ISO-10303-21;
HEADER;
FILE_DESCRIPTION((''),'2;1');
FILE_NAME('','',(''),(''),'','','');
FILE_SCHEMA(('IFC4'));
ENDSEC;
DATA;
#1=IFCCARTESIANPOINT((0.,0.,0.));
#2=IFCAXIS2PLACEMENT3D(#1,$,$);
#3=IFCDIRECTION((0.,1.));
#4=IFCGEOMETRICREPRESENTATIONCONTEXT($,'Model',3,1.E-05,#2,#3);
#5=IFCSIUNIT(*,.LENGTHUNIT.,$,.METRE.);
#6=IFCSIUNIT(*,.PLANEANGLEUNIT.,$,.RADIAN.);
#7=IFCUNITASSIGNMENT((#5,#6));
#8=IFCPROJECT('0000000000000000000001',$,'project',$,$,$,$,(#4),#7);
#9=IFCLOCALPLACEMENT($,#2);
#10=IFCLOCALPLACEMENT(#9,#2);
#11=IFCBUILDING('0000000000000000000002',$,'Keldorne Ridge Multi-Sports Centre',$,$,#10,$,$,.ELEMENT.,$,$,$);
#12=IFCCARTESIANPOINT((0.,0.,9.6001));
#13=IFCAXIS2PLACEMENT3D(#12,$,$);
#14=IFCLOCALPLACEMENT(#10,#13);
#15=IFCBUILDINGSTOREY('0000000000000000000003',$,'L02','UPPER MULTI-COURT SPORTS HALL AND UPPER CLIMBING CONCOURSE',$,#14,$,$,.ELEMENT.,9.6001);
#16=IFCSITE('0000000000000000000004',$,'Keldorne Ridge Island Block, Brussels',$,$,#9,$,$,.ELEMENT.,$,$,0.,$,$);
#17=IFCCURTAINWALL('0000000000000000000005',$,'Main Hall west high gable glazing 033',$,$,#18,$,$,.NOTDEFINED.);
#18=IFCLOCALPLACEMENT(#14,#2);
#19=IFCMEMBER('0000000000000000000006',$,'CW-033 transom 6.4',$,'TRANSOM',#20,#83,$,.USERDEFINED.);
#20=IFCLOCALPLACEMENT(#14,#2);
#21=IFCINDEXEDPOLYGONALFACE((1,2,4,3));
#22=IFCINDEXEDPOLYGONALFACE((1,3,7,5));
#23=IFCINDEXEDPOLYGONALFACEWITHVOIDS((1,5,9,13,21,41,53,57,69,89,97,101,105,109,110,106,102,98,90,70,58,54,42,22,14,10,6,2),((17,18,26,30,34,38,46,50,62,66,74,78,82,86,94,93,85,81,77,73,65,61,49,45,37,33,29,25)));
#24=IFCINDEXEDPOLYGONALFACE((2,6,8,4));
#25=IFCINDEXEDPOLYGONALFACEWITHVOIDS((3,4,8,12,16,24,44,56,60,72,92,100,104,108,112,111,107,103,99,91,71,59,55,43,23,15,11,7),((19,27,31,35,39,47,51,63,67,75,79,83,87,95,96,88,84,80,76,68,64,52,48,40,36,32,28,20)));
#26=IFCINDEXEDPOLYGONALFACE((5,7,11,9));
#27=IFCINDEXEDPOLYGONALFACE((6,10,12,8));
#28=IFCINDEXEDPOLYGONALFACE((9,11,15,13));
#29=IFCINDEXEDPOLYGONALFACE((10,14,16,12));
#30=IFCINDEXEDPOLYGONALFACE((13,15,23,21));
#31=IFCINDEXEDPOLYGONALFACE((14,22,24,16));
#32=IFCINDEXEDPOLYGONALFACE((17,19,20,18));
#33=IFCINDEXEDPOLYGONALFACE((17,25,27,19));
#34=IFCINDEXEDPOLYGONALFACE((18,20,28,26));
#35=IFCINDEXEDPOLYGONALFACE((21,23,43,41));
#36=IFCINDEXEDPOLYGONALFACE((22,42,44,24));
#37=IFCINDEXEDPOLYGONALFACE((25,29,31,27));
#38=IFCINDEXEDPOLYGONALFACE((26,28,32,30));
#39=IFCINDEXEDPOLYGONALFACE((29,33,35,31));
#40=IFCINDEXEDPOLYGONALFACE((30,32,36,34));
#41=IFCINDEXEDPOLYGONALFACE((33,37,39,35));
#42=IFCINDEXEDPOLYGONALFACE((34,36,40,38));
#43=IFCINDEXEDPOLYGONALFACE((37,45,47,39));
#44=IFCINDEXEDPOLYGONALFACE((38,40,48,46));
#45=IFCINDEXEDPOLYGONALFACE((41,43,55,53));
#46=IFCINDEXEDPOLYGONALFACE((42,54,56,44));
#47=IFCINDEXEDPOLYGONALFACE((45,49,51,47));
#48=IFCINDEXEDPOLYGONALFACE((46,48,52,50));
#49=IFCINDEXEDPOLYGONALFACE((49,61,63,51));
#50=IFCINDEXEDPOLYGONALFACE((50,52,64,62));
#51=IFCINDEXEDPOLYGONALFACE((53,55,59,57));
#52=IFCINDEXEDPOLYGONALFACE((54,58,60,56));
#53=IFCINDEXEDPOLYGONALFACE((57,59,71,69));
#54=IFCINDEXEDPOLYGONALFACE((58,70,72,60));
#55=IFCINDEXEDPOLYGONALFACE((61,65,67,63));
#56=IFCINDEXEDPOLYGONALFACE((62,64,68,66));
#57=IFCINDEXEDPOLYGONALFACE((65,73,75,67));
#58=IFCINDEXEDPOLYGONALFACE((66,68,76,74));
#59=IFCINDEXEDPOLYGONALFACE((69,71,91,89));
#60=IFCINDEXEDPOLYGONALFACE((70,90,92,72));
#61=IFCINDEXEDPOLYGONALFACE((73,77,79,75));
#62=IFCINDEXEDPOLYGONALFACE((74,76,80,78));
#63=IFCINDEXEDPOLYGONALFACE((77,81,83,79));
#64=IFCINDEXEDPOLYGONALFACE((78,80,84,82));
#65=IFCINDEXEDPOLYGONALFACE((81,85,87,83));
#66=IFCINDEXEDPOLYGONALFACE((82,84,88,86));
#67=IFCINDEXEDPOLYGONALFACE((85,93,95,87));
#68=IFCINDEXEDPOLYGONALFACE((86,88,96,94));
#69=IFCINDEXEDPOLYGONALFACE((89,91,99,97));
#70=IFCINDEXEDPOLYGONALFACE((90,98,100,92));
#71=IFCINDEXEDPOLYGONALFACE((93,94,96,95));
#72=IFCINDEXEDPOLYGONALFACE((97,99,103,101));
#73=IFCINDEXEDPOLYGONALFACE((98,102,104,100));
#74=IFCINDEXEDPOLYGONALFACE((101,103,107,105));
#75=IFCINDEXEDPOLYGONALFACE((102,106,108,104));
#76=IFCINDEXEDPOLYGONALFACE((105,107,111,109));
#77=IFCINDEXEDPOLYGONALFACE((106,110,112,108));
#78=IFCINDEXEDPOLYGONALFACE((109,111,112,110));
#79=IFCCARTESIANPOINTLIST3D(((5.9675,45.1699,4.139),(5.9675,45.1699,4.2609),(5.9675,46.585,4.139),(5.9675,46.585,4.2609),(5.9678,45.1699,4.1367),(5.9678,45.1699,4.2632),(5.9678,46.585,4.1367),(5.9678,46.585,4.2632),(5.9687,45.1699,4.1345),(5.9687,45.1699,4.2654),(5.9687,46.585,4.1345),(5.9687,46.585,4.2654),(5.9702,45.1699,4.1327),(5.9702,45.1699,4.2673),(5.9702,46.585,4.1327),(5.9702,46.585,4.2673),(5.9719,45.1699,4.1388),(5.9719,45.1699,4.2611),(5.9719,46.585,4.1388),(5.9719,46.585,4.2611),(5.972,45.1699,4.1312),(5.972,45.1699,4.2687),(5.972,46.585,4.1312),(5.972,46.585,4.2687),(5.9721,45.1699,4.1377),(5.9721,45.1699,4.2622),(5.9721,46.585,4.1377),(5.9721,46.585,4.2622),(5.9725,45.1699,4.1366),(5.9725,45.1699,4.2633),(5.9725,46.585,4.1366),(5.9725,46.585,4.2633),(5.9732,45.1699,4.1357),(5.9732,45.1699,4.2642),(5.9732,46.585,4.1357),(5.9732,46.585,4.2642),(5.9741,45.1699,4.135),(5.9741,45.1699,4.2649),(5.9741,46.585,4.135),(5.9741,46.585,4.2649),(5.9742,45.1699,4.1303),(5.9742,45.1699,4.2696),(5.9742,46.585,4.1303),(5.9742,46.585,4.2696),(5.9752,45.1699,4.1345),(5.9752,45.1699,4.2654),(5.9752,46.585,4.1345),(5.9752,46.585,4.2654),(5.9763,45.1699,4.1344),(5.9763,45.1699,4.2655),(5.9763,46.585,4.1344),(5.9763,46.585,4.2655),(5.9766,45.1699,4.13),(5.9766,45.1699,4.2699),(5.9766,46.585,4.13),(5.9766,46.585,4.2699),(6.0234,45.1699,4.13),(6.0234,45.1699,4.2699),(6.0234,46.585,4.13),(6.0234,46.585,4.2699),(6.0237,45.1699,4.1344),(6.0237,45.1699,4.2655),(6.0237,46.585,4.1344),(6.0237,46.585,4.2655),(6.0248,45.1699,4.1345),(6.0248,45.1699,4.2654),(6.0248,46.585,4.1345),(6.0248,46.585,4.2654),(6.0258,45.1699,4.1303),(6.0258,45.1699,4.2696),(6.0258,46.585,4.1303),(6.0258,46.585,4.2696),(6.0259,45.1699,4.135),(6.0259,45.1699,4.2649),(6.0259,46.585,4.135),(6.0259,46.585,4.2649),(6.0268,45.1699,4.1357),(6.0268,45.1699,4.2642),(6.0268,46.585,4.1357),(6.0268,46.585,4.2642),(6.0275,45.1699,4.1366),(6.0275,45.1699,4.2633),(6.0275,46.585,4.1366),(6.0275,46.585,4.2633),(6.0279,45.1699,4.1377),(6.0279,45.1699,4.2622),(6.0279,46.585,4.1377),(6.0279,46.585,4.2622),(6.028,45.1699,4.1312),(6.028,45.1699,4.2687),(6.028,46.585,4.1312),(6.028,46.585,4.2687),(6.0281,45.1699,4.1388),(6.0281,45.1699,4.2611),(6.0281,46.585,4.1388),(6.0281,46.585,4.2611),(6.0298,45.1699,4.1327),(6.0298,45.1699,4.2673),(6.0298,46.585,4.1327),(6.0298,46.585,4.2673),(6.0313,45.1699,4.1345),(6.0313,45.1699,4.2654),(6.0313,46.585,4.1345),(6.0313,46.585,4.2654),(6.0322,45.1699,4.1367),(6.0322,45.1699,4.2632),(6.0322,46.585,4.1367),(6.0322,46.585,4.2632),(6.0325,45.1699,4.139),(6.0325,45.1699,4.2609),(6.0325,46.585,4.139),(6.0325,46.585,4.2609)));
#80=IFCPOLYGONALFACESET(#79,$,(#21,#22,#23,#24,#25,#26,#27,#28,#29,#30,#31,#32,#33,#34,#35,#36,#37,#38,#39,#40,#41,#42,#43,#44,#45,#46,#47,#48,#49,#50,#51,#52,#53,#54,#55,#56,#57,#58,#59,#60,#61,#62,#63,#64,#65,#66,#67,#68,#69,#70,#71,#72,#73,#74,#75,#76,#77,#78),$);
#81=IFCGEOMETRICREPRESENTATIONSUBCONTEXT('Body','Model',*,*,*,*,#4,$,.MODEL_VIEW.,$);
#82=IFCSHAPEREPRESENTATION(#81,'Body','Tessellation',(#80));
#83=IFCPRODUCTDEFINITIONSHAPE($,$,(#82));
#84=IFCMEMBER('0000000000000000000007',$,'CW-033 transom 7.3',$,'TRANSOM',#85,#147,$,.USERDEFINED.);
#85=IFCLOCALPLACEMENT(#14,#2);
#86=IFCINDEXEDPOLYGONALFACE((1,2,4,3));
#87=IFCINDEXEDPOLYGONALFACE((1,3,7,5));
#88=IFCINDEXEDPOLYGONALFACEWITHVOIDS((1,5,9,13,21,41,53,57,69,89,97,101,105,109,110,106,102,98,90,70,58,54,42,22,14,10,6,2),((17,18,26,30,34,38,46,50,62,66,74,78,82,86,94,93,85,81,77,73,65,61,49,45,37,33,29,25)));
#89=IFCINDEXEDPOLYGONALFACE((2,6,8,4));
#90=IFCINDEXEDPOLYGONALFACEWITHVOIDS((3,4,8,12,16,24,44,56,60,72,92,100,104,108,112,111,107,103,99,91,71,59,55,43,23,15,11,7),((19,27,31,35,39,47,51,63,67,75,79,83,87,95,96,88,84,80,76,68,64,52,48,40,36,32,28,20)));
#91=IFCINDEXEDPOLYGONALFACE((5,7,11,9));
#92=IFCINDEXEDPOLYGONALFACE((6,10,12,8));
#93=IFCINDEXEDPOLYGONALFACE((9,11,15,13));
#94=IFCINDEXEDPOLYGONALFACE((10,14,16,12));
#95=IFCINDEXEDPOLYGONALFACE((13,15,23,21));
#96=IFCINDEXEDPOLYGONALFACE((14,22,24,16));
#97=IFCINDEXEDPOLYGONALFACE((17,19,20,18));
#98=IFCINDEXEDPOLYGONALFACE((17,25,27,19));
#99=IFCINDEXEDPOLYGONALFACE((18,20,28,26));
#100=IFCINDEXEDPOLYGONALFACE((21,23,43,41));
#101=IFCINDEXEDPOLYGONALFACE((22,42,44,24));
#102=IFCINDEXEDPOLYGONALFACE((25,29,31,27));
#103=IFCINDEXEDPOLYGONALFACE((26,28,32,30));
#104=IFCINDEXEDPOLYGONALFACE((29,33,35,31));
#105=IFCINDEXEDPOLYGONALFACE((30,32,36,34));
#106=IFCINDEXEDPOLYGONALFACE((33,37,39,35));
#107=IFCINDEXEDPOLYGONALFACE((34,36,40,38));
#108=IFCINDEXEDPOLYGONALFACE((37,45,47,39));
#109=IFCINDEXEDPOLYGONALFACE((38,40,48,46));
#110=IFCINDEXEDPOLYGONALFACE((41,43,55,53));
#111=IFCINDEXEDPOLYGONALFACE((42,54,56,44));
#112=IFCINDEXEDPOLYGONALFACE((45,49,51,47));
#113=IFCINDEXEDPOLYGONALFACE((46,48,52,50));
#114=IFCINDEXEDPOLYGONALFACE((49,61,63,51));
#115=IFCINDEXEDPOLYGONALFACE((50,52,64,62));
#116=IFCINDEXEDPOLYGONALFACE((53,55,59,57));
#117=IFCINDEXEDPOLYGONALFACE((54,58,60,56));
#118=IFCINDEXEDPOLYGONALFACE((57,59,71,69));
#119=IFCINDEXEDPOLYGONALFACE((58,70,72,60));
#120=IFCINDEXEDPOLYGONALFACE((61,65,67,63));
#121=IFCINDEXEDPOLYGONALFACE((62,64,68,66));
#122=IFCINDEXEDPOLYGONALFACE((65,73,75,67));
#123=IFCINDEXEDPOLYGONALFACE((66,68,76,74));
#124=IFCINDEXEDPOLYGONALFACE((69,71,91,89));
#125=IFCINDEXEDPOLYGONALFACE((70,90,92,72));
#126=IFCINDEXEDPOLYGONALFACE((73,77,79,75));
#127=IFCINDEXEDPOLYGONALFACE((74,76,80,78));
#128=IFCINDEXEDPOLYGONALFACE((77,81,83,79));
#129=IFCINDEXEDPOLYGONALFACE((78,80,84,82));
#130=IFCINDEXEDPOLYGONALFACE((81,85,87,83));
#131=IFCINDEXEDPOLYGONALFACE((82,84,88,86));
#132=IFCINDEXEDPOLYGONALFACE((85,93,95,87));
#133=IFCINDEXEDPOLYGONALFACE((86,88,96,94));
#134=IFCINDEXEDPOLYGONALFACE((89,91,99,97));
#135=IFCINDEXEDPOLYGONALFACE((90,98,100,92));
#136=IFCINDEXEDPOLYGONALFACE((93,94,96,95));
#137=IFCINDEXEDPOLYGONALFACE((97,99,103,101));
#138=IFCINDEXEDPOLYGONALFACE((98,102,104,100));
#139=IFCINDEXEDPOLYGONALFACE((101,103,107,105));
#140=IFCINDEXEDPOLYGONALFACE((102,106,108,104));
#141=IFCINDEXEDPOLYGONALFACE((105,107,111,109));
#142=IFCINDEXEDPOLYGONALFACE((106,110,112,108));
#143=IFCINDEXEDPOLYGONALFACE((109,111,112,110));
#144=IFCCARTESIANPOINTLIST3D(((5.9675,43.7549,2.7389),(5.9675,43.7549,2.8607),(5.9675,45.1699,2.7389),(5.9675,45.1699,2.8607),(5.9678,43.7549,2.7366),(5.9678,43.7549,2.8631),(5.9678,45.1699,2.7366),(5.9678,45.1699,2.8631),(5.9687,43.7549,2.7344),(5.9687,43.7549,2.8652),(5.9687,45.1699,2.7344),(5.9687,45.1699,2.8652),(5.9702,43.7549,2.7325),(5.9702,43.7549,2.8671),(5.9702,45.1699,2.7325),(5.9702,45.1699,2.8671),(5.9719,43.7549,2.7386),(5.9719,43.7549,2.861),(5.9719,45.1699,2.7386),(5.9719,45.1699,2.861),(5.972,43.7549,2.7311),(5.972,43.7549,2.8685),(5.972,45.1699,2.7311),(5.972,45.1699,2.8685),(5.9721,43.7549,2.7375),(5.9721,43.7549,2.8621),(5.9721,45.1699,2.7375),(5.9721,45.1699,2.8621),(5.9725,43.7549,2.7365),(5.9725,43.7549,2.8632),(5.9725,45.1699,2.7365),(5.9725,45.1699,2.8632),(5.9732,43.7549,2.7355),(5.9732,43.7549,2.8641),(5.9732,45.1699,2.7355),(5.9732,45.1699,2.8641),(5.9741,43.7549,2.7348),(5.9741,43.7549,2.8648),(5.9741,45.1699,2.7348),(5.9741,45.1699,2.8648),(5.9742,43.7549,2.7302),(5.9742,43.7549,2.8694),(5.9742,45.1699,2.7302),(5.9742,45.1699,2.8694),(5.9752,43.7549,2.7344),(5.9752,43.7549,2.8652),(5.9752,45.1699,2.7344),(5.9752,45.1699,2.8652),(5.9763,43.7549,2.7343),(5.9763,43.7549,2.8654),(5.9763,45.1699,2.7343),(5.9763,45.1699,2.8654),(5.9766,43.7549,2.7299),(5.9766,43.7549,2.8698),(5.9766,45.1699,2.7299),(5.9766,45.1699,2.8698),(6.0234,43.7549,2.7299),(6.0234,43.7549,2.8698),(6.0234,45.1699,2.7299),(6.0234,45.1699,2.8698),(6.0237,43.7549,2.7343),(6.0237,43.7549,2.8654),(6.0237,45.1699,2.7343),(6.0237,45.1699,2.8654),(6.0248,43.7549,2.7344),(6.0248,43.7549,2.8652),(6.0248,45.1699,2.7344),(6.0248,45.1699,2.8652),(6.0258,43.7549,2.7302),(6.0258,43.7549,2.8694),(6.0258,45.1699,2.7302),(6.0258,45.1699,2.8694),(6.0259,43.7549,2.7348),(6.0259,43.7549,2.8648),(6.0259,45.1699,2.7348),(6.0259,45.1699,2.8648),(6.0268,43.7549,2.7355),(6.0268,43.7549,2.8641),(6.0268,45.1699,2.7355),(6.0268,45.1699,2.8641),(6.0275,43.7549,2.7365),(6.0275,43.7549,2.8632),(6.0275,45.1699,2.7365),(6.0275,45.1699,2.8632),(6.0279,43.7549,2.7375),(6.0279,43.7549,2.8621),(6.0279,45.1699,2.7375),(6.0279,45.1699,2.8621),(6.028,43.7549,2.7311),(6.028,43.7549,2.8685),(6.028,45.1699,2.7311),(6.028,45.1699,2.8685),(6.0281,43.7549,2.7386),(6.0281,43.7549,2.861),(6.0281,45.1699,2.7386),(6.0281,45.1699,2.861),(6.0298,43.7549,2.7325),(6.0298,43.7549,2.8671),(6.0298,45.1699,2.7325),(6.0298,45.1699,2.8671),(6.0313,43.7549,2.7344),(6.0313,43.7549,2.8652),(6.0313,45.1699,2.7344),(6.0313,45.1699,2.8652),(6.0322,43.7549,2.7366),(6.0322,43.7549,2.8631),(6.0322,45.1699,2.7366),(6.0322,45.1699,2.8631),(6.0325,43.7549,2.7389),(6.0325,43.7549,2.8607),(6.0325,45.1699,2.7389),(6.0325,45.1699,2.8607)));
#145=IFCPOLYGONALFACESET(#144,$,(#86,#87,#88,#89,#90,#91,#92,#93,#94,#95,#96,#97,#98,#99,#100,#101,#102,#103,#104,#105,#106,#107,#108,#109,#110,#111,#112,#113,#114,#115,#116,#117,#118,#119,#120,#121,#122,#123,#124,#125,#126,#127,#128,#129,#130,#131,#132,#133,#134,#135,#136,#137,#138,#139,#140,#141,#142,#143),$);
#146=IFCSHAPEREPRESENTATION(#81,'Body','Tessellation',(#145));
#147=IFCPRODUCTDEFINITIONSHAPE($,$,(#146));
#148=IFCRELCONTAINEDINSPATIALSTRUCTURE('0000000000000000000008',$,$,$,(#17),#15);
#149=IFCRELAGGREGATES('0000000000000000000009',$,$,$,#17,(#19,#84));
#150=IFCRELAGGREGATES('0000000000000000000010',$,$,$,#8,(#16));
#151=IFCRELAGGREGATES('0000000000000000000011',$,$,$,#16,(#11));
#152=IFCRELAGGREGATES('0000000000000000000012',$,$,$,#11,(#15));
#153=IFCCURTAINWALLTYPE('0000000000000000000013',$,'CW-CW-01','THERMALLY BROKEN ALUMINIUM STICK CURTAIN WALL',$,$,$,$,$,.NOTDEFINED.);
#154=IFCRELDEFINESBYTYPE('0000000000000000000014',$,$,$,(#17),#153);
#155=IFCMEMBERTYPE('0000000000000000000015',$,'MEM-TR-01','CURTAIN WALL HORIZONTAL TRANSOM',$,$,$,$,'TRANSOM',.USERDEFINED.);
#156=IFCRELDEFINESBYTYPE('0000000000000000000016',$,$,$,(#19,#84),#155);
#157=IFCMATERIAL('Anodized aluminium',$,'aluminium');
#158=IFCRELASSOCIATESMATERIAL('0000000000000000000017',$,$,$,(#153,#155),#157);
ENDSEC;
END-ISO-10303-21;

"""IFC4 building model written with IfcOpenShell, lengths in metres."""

from ifc_helpers import new_model, si_unit, direction, frame, origin, origin_2d, place, context, subcontext, project, spatial, hollow_rectangle, extrude, material, material_profile, profile_set, type_object, element, aggregate, save


model = new_model("IFC4")

# Units and contexts
model_context = context("Model", 3, precision=1e-05, world=origin(), true_north=direction((0.0, 1.0)))
body_context = subcontext(model_context, "Body", "Model", "MODEL_VIEW")
ifc_project = project(units=[si_unit("LENGTHUNIT", "METRE"), si_unit("PLANEANGLEUNIT", "RADIAN")], contexts=[model_context])

# Site, building, storey
site_placement = place(None, origin())
site = spatial("IfcSite", under=ifc_project, at=site_placement, Name="Keldorne Ridge Island Block, Brussels", CompositionType="ELEMENT", RefElevation=0.0)
building_placement = place(site_placement, origin())
building = spatial("IfcBuilding", under=site, at=building_placement, Name="Keldorne Ridge Multi-Sports Centre", CompositionType="ELEMENT")
storey_placement = place(building_placement, frame((0.0, 0.0, 9.6001)))
storey = spatial("IfcBuildingStorey", under=building, at=storey_placement, Name="L02", Description="UPPER MULTI-COURT SPORTS HALL AND UPPER CLIMBING CONCOURSE", CompositionType="ELEMENT", Elevation=9.6001)

# Curtain wall, members
ifc_material_1 = material(Name="Anodized aluminium", Category="aluminium")
curtain_wall_type = type_object("IfcCurtainWallType", Name="CW-CW-01", Description="THERMALLY BROKEN ALUMINIUM STICK CURTAIN WALL", PredefinedType="NOTDEFINED", material=ifc_material_1)
curtain_wall_placement = place(storey_placement, origin())
curtain_wall = element("IfcCurtainWall", 1, at=curtain_wall_placement, inside=storey, type_object=curtain_wall_type, Name="Main Hall west high gable glazing 033", PredefinedType="NOTDEFINED")
ifc_material_profile_1 = material_profile(ifc_material_1, hollow_rectangle(XDim=0.0649, YDim=0.1399, WallThickness=0.0044, InnerFilletRadius=0.0044, OuterFilletRadius=0.009, at=origin_2d()), Name="ALU TRANSOM 140x65x4.5")
ifc_profile_set_1 = profile_set([ifc_material_profile_1], Name="Anodized aluminium")
member_type_1 = type_object("IfcMemberType", Name="MEM-TR-01", Description="CURTAIN WALL HORIZONTAL TRANSOM", ElementType="TRANSOM", PredefinedType="USERDEFINED", material=ifc_profile_set_1)
member_1_placement = place(storey_placement, frame((6.0, 46.585, 4.2), z_axis=(0.0, -1.0, 0.0), x_axis=(1.0, 0.0, 0.0)))
member_1 = element("IfcMember", 2, at=member_1_placement, type_object=member_type_1, Name="CW-033 transom 6.4", ObjectType="TRANSOM", PredefinedType="USERDEFINED", context=body_context, shape_type="SweptSolid", body=[
    extrude(hollow_rectangle(XDim=0.0649, YDim=0.1399, WallThickness=0.0044, InnerFilletRadius=0.0044, OuterFilletRadius=0.009, at=origin_2d()), origin(), (0.0, 0.0, 1.0), 1.415),
])
member_2_placement = place(storey_placement, frame((6.0, 45.1699, 2.7998), z_axis=(0.0, -1.0, 0.0), x_axis=(1.0, 0.0, 0.0)))
member_2 = element("IfcMember", 3, at=member_2_placement, type_object=member_type_1, Name="CW-033 transom 7.3", ObjectType="TRANSOM", PredefinedType="USERDEFINED", context=body_context, shape_type="SweptSolid", body=[
    extrude(hollow_rectangle(XDim=0.0649, YDim=0.1399, WallThickness=0.0044, InnerFilletRadius=0.0044, OuterFilletRadius=0.009, at=origin_2d()), origin(), (0.0, 0.0, 1.0), 1.415),
])

aggregate(curtain_wall, [member_1, member_2])

save(model, "model.ifc")
